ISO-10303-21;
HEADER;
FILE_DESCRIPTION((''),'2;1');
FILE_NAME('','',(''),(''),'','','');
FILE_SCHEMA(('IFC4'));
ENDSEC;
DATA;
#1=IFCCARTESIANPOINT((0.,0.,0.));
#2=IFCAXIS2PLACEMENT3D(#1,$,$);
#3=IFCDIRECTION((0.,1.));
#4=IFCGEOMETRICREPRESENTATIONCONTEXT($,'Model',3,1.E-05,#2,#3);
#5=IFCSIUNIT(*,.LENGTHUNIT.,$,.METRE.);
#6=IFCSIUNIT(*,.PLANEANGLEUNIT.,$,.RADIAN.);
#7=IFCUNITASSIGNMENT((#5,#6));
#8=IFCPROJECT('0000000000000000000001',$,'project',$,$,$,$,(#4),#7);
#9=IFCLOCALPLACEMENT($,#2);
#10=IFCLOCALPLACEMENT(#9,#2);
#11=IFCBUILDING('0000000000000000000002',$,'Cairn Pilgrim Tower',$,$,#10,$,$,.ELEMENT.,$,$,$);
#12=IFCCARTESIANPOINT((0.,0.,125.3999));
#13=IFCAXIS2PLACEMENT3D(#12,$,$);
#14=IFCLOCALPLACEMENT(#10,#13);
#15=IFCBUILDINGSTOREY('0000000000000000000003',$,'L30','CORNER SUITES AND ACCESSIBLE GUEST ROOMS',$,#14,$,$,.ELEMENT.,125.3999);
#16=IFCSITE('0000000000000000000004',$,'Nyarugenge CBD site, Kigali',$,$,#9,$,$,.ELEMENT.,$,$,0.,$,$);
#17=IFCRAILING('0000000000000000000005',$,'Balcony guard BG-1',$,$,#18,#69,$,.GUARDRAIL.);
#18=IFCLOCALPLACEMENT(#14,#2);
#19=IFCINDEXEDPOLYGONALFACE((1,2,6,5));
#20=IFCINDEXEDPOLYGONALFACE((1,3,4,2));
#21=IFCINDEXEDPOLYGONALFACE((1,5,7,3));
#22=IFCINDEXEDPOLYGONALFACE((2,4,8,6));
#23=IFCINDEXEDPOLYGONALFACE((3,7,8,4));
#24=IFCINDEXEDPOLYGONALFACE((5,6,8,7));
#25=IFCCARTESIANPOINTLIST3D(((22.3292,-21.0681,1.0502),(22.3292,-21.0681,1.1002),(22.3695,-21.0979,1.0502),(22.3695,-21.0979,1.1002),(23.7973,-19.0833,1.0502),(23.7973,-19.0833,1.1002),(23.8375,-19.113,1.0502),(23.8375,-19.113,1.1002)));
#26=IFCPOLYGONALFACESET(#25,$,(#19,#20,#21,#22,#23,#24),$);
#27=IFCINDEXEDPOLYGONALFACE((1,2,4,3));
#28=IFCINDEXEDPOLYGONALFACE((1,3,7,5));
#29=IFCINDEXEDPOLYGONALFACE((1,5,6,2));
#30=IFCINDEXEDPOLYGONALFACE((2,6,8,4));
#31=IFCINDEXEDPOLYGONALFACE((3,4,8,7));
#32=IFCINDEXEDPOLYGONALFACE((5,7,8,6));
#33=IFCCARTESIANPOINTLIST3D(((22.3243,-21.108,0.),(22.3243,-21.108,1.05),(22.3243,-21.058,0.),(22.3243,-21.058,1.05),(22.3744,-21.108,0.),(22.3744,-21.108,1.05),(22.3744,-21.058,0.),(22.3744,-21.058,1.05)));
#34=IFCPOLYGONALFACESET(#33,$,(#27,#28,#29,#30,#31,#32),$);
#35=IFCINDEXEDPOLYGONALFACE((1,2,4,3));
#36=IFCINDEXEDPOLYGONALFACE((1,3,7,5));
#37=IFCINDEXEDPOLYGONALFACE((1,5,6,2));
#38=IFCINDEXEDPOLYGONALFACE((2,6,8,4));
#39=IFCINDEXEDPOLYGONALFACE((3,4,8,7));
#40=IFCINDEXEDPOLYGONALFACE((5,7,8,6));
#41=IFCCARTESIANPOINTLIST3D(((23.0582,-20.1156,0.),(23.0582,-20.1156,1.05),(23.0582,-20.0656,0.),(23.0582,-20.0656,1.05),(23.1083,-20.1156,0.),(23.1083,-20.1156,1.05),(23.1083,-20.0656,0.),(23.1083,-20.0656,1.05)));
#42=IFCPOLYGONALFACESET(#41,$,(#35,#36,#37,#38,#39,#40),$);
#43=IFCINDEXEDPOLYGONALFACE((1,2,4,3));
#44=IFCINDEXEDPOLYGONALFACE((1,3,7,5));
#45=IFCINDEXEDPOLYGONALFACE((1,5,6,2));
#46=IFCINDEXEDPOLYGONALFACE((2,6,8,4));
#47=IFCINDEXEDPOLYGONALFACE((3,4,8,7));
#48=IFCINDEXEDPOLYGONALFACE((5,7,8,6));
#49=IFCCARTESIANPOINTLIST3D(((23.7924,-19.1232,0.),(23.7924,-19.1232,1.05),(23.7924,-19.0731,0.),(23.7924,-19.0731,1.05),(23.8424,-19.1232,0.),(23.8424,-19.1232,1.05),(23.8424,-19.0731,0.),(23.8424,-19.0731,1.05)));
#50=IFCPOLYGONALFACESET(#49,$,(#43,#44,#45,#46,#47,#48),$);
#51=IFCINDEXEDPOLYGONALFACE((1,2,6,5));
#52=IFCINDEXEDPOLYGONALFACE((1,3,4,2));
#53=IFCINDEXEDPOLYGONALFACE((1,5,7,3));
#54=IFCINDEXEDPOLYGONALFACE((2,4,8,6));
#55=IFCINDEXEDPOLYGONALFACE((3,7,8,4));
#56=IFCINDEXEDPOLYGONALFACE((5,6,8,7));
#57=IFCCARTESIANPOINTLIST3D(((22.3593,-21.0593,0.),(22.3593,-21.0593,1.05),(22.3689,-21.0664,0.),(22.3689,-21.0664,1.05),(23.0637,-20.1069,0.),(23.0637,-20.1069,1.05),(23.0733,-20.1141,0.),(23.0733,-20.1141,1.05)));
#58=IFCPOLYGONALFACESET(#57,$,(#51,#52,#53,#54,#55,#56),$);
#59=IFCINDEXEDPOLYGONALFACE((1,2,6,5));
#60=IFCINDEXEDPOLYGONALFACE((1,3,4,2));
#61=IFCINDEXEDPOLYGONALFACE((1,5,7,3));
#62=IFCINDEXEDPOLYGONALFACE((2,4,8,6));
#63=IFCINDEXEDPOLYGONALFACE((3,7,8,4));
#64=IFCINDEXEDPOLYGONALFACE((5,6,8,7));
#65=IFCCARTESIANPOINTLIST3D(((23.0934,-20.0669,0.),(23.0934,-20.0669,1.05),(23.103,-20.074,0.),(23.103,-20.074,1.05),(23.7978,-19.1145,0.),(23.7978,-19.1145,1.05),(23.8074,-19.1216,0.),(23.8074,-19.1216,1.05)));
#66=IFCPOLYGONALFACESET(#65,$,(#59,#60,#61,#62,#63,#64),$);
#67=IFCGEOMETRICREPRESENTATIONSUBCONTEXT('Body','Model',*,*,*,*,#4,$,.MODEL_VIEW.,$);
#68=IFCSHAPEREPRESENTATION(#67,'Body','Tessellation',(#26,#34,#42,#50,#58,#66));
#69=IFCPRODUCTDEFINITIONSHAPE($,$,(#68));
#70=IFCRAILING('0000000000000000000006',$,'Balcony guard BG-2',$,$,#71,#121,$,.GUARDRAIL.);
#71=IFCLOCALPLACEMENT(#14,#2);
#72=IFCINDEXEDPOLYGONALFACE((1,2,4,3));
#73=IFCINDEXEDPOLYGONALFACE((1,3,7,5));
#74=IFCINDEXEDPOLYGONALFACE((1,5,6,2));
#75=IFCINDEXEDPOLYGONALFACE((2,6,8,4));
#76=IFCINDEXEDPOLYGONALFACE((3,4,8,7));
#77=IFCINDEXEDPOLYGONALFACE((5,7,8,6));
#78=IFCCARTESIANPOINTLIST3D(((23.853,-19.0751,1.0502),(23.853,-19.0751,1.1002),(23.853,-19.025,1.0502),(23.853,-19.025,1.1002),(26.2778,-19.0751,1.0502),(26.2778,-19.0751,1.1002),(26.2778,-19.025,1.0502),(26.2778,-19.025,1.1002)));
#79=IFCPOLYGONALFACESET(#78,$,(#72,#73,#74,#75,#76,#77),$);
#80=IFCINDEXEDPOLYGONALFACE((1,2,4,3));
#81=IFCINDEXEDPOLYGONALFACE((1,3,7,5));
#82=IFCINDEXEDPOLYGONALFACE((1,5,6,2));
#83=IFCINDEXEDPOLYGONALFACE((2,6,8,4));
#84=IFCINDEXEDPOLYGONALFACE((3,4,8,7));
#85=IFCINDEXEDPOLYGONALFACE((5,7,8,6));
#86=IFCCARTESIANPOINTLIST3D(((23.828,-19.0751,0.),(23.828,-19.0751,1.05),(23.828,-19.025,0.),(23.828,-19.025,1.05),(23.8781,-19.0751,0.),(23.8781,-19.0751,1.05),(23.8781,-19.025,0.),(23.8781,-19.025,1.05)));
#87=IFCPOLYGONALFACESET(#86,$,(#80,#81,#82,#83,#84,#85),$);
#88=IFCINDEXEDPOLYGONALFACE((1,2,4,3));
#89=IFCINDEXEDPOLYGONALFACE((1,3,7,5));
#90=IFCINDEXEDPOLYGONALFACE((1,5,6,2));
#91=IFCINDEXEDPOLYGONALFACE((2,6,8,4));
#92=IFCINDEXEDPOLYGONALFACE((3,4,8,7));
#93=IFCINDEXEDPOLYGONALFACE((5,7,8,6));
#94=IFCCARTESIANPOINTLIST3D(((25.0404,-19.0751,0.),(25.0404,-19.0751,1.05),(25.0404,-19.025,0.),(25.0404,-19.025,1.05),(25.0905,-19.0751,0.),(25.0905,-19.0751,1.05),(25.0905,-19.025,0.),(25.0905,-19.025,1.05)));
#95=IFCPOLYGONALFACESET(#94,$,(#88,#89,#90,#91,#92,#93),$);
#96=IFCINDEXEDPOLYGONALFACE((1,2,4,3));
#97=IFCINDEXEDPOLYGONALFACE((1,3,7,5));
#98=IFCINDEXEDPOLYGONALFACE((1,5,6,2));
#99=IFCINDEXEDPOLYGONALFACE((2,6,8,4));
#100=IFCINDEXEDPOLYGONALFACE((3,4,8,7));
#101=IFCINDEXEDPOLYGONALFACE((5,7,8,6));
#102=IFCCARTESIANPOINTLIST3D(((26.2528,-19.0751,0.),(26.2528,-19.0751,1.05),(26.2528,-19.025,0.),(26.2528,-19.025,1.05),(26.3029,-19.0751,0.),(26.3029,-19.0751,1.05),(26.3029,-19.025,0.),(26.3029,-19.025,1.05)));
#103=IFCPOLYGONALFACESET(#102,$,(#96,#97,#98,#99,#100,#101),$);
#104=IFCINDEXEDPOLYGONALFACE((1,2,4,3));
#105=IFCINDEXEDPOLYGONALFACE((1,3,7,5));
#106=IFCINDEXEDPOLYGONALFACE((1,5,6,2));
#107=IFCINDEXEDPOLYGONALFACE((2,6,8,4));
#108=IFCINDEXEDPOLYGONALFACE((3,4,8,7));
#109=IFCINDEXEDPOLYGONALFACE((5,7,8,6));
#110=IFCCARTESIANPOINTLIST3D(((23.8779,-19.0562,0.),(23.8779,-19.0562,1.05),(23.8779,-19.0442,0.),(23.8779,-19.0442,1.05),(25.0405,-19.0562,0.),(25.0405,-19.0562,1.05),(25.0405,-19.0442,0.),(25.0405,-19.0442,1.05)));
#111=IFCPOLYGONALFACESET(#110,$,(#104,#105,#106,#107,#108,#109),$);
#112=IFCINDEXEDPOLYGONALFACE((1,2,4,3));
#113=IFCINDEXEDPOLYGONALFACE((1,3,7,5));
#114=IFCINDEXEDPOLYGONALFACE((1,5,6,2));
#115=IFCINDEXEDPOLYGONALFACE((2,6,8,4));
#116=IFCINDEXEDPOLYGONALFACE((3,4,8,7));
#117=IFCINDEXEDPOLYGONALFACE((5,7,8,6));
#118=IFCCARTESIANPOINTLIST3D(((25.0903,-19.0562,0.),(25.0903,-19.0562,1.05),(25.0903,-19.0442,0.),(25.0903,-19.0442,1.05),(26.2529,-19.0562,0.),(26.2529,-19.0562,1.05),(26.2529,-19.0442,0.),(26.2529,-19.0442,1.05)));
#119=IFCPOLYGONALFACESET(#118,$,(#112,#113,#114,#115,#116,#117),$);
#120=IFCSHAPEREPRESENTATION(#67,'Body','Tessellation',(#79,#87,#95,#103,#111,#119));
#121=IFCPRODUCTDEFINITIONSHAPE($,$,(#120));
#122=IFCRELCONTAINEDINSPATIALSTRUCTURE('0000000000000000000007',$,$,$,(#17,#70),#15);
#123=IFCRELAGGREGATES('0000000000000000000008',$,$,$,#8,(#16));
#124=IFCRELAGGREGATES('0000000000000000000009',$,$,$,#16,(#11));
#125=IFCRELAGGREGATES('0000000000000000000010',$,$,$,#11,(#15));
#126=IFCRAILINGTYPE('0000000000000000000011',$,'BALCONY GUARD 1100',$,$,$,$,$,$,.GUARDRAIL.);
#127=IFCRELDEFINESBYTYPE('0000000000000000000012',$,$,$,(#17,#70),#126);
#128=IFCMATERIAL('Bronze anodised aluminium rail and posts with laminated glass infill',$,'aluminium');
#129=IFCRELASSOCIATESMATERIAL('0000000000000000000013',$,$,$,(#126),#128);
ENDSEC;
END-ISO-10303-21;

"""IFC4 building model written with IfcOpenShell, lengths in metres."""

from ifc_helpers import new_model, si_unit, direction, frame, origin, origin_2d, place, context, subcontext, project, spatial, polyline, rectangle, outline, extrude, material, type_object, element, save


model = new_model("IFC4")

# Units and contexts
model_context = context("Model", 3, precision=1e-05, world=origin(), true_north=direction((0.0, 1.0)))
body_context = subcontext(model_context, "Body", "Model", "MODEL_VIEW")
ifc_project = project(units=[si_unit("LENGTHUNIT", "METRE"), si_unit("PLANEANGLEUNIT", "RADIAN")], contexts=[model_context])

# Site, building, storey
site_placement = place(None, origin())
site = spatial("IfcSite", under=ifc_project, at=site_placement, Name="Nyarugenge CBD site, Kigali", CompositionType="ELEMENT", RefElevation=0.0)
building_placement = place(site_placement, origin())
building = spatial("IfcBuilding", under=site, at=building_placement, Name="Cairn Pilgrim Tower", CompositionType="ELEMENT")
storey_placement = place(building_placement, frame((0.0, 0.0, 125.3999)))
storey = spatial("IfcBuildingStorey", under=building, at=storey_placement, Name="L30", Description="CORNER SUITES AND ACCESSIBLE GUEST ROOMS", CompositionType="ELEMENT", Elevation=125.3999)

# Railings
ifc_material_1 = material(Name="Bronze anodised aluminium rail and posts with laminated glass infill", Category="aluminium")
railing_type = type_object("IfcRailingType", Name="BALCONY GUARD 1100", PredefinedType="GUARDRAIL", material=ifc_material_1)
railing_1_placement = place(storey_placement, frame((22.3494, -21.083, 0.0)))
element("IfcRailing", 1, at=railing_1_placement, inside=storey, type_object=railing_type, Name="Balcony guard BG-1", PredefinedType="GUARDRAIL", context=body_context, shape_type="SweptSolid", body=[
    extrude(rectangle(XDim=0.05, YDim=0.05, at=origin_2d()), frame((0.0, 0.0, 1.0752), z_axis=(0.594639, 0.803993, 0.0), x_axis=(-0.803993, 0.594639, 0.0)), (0.0, 0.0, 1.0), 2.4688),
    extrude(rectangle(XDim=0.05, YDim=0.05, at=origin_2d()), origin(), (0.0, 0.0, 1.0), 1.05),
    extrude(rectangle(XDim=0.05, YDim=0.05, at=origin_2d()), frame((0.7339, 0.9924, 0.0)), (0.0, 0.0, 1.0), 1.05),
    extrude(rectangle(XDim=0.05, YDim=0.05, at=origin_2d()), frame((1.468, 1.9849, 0.0)), (0.0, 0.0, 1.0), 1.05),
    extrude(outline(polyline([(0.0249, 0.0), (1.2095, 0.0), (1.2095, 1.05), (0.0249, 1.05), (0.0249, 0.0)])), frame((-0.0049, 0.0037, 0.0), z_axis=(0.803993, -0.594639, 0.0), x_axis=(0.594639, 0.803993, 0.0)), (0.0, 0.0, 1.0), 0.012),
    extrude(outline(polyline([(0.0249, 0.0), (1.2095, 0.0), (1.2095, 1.05), (0.0249, 1.05), (0.0249, 0.0)])), frame((0.7292, 0.9961, 0.0), z_axis=(0.803993, -0.594639, 0.0), x_axis=(0.594639, 0.803993, 0.0)), (0.0, 0.0, 1.0), 0.012),
])
railing_2_placement = place(storey_placement, frame((23.853, -19.05, 0.0)))
element("IfcRailing", 2, at=railing_2_placement, inside=storey, type_object=railing_type, Name="Balcony guard BG-2", PredefinedType="GUARDRAIL", context=body_context, shape_type="SweptSolid", body=[
    extrude(rectangle(XDim=0.05, YDim=0.05, at=origin_2d()), frame((0.0, 0.0, 1.0752), z_axis=(1.0, 0.0, 0.0), x_axis=(0.0, 1.0, 0.0)), (0.0, 0.0, 1.0), 2.4248),
    extrude(rectangle(XDim=0.05, YDim=0.05, at=origin_2d()), origin(), (0.0, 0.0, 1.0), 1.05),
    extrude(rectangle(XDim=0.05, YDim=0.05, at=origin_2d()), frame((1.2124, 0.0, 0.0)), (0.0, 0.0, 1.0), 1.05),
    extrude(rectangle(XDim=0.05, YDim=0.05, at=origin_2d()), frame((2.4248, 0.0, 0.0)), (0.0, 0.0, 1.0), 1.05),
    extrude(outline(polyline([(0.0249, 0.0), (1.1875, 0.0), (1.1875, 1.05), (0.0249, 1.05), (0.0249, 0.0)])), frame((0.0, 0.0059, 0.0), z_axis=(0.0, -1.0, 0.0), x_axis=(1.0, 0.0, 0.0)), (0.0, 0.0, 1.0), 0.012),
    extrude(outline(polyline([(0.0249, 0.0), (1.1875, 0.0), (1.1875, 1.05), (0.0249, 1.05), (0.0249, 0.0)])), frame((1.2124, 0.0059, 0.0), z_axis=(0.0, -1.0, 0.0), x_axis=(1.0, 0.0, 0.0)), (0.0, 0.0, 1.0), 0.012),
])

save(model, "model.ifc")
